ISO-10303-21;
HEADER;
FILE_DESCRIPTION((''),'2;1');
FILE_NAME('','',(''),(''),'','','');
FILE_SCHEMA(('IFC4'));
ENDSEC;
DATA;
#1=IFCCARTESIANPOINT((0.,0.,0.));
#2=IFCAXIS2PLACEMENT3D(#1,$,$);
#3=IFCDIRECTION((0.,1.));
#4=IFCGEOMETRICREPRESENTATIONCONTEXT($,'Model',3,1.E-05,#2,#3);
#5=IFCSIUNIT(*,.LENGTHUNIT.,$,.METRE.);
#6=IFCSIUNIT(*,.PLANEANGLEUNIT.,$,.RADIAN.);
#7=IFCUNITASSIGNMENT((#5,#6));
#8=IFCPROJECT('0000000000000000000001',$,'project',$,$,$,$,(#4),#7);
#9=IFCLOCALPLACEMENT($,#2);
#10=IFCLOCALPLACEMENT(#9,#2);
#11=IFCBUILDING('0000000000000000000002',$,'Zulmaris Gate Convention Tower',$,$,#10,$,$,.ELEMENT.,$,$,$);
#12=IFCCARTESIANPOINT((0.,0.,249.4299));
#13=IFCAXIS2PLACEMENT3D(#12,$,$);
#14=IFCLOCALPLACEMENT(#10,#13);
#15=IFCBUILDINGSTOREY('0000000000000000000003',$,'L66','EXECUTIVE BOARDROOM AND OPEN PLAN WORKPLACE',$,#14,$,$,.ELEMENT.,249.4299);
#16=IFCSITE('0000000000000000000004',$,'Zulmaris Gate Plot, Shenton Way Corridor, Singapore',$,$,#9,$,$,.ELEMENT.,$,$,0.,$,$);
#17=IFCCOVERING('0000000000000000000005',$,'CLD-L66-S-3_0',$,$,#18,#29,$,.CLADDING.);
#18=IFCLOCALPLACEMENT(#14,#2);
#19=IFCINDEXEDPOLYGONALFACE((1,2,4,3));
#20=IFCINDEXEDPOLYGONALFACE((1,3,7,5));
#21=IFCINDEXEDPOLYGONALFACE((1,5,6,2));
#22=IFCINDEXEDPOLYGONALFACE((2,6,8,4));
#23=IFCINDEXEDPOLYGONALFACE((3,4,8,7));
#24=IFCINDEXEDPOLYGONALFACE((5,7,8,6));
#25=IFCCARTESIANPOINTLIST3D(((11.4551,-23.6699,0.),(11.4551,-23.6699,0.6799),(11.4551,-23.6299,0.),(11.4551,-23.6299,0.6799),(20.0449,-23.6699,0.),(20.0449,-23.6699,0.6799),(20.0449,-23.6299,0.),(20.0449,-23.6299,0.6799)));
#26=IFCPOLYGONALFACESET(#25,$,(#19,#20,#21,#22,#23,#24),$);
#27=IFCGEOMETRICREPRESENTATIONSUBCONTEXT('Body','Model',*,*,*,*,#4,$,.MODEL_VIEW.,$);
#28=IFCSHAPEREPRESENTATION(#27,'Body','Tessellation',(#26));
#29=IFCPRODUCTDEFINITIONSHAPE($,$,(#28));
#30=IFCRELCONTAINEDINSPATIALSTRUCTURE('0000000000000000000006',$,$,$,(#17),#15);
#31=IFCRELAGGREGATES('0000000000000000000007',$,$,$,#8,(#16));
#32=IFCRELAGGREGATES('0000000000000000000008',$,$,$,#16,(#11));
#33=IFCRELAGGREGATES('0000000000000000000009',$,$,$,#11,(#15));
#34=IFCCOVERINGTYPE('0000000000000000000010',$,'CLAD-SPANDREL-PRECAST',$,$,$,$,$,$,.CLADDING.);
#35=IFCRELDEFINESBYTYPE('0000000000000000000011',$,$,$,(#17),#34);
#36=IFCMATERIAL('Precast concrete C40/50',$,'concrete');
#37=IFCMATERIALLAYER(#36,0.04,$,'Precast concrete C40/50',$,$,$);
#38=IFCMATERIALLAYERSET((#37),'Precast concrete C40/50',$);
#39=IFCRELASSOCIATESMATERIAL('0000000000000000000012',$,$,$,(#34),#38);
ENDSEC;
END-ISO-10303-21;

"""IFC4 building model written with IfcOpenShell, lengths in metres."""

from ifc_helpers import new_model, si_unit, direction, frame, frame_2d, origin, place, context, subcontext, project, spatial, rectangle, extrude, material, layer, layer_set, type_object, element, save


model = new_model("IFC4")

# Units and contexts
model_context = context("Model", 3, precision=1e-05, world=origin(), true_north=direction((0.0, 1.0)))
body_context = subcontext(model_context, "Body", "Model", "MODEL_VIEW")
ifc_project = project(units=[si_unit("LENGTHUNIT", "METRE"), si_unit("PLANEANGLEUNIT", "RADIAN")], contexts=[model_context])

# Site, building, storey
site_placement = place(None, origin())
site = spatial("IfcSite", under=ifc_project, at=site_placement, Name="Zulmaris Gate Plot, Shenton Way Corridor, Singapore", CompositionType="ELEMENT", RefElevation=0.0)
building_placement = place(site_placement, origin())
building = spatial("IfcBuilding", under=site, at=building_placement, Name="Zulmaris Gate Convention Tower", CompositionType="ELEMENT")
storey_placement = place(building_placement, frame((0.0, 0.0, 249.4299)))
storey = spatial("IfcBuildingStorey", under=building, at=storey_placement, Name="L66", Description="EXECUTIVE BOARDROOM AND OPEN PLAN WORKPLACE", CompositionType="ELEMENT", Elevation=249.4299)

# Shared definitions
ifc_material_1 = material(Name="Precast concrete C40/50", Category="concrete")

# Covering
ifc_layer_1 = layer(ifc_material_1, 0.04, Name="Precast concrete C40/50")
ifc_layer_set_1 = layer_set([ifc_layer_1], Name="Precast concrete C40/50")
covering_type = type_object("IfcCoveringType", Name="CLAD-SPANDREL-PRECAST", PredefinedType="CLADDING", material=ifc_layer_set_1)
covering_1_placement = place(storey_placement, frame((11.4551, -23.6499, 0.0), z_axis=(0.0, 0.0, 1.0), x_axis=(1.0, 0.0, 0.0)))
element("IfcCovering", 1, at=covering_1_placement, inside=storey, type_object=covering_type, Name="CLD-L66-S-3_0", PredefinedType="CLADDING", context=body_context, shape_type="SweptSolid", body=[
    extrude(rectangle(XDim=8.5898, YDim=0.04, at=frame_2d((4.2949, 0.0))), origin(), (0.0, 0.0, 1.0), 0.6799),
])

save(model, "model.ifc")
